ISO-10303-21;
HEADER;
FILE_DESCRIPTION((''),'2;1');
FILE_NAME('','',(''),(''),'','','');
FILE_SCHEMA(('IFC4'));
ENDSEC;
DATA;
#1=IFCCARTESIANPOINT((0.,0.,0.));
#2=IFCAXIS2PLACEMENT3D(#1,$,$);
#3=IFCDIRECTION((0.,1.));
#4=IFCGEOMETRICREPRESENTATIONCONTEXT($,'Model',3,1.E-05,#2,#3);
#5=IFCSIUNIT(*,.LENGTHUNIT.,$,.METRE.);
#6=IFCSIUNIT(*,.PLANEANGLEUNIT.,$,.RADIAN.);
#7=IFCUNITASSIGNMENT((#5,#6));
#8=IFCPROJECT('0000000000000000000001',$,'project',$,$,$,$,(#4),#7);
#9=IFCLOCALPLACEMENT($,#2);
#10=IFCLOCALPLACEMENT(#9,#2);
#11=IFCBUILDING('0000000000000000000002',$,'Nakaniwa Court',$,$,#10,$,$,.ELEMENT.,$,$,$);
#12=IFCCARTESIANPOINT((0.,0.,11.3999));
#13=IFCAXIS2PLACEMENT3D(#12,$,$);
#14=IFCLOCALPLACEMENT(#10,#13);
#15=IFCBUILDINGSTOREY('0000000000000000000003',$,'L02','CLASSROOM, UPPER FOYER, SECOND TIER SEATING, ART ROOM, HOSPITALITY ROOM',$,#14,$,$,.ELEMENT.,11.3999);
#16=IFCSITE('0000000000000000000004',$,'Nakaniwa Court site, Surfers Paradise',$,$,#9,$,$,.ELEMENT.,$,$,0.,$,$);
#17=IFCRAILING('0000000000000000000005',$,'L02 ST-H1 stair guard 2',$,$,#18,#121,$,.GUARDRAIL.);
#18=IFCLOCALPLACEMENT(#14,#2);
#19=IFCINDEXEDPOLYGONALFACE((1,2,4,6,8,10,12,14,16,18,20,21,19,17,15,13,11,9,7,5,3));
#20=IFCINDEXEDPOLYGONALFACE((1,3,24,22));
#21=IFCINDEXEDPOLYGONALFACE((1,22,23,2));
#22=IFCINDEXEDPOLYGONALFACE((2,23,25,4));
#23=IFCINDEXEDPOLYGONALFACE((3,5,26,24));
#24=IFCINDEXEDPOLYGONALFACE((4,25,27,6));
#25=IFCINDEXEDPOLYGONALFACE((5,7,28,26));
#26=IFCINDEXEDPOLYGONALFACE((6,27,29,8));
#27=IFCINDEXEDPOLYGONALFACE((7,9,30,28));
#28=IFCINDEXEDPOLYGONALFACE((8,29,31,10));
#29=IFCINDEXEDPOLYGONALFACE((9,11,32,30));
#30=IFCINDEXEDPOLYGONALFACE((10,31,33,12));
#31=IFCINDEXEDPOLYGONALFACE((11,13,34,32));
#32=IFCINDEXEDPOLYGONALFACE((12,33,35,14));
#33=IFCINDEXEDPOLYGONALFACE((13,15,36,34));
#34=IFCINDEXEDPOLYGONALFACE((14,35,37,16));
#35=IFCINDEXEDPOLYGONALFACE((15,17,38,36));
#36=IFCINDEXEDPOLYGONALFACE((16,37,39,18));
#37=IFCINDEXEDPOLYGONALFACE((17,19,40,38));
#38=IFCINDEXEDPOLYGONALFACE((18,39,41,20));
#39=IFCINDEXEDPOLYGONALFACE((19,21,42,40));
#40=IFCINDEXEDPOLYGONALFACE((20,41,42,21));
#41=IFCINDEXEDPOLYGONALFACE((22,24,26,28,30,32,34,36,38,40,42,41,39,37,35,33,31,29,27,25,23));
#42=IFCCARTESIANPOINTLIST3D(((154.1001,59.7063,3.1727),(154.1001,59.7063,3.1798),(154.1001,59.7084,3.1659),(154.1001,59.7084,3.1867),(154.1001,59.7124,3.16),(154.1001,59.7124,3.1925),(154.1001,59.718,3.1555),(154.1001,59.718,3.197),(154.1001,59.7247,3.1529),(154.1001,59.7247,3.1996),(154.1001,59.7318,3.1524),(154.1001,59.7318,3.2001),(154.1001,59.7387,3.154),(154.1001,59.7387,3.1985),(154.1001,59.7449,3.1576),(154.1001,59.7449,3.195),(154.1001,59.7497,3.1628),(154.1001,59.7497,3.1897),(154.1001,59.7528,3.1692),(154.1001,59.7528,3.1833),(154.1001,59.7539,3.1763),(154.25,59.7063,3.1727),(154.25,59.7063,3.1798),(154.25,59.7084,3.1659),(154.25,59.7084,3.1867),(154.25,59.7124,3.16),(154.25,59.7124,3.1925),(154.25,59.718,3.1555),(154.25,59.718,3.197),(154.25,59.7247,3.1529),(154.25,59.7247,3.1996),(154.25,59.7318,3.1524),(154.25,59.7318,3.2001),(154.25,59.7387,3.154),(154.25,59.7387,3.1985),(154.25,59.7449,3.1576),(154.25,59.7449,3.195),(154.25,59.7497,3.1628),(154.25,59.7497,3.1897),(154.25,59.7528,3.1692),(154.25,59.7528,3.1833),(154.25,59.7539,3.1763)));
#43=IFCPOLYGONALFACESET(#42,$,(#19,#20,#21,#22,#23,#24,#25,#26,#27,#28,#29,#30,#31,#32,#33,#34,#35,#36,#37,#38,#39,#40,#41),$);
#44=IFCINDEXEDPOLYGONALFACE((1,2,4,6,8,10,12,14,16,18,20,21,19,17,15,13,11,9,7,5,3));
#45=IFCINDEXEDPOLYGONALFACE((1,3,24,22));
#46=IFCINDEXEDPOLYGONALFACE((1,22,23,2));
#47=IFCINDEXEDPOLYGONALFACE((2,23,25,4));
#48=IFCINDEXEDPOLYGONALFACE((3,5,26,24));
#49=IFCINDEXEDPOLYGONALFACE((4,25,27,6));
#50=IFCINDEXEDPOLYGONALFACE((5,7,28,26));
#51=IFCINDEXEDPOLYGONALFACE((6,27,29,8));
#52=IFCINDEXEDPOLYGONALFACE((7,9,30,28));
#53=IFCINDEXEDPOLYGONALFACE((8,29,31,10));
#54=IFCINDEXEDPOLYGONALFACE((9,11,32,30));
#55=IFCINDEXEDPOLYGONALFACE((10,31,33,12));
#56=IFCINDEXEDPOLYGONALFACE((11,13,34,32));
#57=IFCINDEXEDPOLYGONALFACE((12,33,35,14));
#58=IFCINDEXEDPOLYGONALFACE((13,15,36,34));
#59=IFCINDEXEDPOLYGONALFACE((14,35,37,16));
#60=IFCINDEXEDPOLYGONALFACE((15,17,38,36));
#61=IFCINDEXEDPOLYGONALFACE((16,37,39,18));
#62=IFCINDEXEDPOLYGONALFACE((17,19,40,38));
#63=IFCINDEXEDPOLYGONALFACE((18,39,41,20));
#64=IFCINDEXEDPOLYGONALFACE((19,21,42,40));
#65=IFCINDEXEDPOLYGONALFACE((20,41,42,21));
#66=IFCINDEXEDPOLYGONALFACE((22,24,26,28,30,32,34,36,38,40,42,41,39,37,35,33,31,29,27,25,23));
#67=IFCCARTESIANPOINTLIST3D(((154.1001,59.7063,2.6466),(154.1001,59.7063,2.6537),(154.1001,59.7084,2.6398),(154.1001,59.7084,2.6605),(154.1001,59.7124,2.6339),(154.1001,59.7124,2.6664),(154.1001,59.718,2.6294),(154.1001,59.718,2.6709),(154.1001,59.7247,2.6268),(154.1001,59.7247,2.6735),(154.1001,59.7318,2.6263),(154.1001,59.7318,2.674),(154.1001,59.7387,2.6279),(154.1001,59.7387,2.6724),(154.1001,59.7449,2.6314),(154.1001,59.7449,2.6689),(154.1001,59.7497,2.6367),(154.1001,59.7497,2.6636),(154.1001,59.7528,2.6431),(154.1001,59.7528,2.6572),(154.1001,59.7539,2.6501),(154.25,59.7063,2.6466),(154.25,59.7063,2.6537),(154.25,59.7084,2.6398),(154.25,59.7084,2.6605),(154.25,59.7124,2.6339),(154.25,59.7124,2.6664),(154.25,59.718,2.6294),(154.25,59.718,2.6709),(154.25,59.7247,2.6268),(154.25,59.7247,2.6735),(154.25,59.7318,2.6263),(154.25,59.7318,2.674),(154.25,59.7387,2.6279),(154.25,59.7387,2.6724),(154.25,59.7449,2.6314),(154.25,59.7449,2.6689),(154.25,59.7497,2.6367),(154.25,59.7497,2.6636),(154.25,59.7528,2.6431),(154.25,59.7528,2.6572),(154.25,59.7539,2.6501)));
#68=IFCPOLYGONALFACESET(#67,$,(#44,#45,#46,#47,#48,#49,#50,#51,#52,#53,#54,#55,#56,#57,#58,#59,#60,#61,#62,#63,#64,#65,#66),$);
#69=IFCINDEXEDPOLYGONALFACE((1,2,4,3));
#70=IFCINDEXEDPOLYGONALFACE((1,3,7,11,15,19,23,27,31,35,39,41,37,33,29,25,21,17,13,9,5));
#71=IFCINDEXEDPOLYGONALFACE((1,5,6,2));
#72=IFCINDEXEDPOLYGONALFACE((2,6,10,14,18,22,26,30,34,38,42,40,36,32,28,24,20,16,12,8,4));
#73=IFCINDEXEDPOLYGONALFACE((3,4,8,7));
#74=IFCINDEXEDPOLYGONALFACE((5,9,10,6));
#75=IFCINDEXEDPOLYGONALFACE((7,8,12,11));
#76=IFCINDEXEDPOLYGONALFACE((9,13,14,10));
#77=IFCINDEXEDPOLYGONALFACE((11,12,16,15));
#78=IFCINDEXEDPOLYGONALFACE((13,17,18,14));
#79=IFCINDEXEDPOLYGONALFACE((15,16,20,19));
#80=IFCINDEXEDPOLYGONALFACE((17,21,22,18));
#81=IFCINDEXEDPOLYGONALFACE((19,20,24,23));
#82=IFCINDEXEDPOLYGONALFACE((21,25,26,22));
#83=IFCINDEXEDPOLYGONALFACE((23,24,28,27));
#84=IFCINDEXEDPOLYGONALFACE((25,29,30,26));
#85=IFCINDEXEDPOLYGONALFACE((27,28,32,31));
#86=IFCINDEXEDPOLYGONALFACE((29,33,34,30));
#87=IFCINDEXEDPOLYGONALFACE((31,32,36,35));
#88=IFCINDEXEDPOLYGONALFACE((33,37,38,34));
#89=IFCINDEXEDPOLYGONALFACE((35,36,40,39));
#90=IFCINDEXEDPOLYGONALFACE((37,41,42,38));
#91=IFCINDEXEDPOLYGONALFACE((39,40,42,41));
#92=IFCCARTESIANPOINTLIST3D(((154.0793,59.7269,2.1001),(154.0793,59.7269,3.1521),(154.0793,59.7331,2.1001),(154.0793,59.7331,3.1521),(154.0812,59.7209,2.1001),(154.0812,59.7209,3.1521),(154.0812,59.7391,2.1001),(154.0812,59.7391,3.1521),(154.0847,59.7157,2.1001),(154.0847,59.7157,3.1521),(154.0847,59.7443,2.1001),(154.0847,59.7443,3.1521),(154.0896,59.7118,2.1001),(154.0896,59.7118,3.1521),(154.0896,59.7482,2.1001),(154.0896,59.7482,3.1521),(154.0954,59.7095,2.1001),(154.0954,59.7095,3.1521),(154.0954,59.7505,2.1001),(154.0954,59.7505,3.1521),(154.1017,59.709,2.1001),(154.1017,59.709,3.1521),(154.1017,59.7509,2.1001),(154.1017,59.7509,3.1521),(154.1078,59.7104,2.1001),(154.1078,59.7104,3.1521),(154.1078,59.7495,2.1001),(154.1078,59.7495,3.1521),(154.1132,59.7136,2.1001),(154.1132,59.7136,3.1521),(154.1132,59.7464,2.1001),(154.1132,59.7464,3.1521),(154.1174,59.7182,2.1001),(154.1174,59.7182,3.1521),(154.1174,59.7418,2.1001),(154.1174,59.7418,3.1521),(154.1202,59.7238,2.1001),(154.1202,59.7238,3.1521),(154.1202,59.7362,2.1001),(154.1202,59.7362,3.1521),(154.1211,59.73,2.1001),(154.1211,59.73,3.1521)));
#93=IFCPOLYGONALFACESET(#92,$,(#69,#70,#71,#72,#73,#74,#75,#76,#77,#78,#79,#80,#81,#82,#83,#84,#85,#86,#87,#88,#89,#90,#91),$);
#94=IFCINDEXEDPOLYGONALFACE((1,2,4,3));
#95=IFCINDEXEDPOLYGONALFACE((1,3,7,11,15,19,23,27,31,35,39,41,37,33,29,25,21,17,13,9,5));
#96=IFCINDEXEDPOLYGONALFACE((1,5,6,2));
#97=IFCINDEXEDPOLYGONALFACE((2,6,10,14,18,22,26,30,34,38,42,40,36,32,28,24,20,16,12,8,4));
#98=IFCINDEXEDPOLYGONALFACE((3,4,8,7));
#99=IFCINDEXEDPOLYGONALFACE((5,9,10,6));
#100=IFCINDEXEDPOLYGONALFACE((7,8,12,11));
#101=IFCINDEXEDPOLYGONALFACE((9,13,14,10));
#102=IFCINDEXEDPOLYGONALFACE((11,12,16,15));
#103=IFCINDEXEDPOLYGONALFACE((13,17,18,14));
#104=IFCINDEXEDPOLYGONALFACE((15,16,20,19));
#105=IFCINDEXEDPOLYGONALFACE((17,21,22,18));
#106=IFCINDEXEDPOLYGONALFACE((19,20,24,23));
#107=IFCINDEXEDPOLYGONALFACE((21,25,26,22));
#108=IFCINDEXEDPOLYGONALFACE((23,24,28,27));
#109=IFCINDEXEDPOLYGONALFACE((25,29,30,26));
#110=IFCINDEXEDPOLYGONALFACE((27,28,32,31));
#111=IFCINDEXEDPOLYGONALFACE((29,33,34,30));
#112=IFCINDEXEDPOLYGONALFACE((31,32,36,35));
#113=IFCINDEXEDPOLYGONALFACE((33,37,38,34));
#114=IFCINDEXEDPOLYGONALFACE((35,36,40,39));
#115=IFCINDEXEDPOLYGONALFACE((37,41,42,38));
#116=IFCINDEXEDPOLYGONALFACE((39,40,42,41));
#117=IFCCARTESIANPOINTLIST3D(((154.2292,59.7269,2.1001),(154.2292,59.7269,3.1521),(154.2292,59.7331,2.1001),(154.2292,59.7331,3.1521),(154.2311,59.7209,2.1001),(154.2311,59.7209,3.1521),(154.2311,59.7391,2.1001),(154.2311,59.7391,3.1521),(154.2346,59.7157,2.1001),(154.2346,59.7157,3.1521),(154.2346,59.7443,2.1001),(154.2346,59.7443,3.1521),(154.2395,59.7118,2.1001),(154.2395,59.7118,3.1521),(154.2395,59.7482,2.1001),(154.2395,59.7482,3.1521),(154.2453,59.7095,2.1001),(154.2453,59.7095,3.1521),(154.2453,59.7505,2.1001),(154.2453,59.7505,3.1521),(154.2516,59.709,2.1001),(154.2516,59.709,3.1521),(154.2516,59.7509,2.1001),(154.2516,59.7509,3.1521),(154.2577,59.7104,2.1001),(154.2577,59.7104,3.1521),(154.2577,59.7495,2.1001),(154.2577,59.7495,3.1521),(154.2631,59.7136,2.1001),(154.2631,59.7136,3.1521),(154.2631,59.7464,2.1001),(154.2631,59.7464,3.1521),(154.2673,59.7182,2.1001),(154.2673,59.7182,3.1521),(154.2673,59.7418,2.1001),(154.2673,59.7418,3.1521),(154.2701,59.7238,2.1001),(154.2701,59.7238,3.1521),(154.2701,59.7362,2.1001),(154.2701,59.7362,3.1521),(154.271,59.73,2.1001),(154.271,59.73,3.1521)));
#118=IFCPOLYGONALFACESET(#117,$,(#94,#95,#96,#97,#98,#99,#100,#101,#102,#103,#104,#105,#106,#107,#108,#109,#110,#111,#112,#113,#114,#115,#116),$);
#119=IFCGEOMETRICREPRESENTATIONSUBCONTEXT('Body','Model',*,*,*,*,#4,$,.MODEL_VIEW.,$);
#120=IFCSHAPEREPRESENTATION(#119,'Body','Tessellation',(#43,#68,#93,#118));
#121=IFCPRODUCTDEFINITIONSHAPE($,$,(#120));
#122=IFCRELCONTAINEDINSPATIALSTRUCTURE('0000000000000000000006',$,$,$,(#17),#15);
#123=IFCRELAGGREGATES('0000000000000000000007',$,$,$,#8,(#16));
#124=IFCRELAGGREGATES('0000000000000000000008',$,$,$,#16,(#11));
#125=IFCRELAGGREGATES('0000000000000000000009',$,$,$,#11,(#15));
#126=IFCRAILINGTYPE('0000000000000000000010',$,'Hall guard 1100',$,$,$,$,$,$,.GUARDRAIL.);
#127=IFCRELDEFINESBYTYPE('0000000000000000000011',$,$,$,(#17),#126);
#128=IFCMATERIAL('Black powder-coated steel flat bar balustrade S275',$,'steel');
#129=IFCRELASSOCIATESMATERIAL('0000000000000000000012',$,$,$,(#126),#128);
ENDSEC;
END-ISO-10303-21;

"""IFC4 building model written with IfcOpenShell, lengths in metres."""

from ifc_helpers import new_model, si_unit, direction, frame, origin, origin_2d, place, context, subcontext, project, spatial, circle, extrude, material, type_object, element, save


model = new_model("IFC4")

# Units and contexts
model_context = context("Model", 3, precision=1e-05, world=origin(), true_north=direction((0.0, 1.0)))
body_context = subcontext(model_context, "Body", "Model", "MODEL_VIEW")
ifc_project = project(units=[si_unit("LENGTHUNIT", "METRE"), si_unit("PLANEANGLEUNIT", "RADIAN")], contexts=[model_context])

# Site, building, storey
site_placement = place(None, origin())
site = spatial("IfcSite", under=ifc_project, at=site_placement, Name="Nakaniwa Court site, Surfers Paradise", CompositionType="ELEMENT", RefElevation=0.0)
building_placement = place(site_placement, origin())
building = spatial("IfcBuilding", under=site, at=building_placement, Name="Nakaniwa Court", CompositionType="ELEMENT")
storey_placement = place(building_placement, frame((0.0, 0.0, 11.3999)))
storey = spatial("IfcBuildingStorey", under=building, at=storey_placement, Name="L02", Description="CLASSROOM, UPPER FOYER, SECOND TIER SEATING, ART ROOM, HOSPITALITY ROOM", CompositionType="ELEMENT", Elevation=11.3999)

# Railing
ifc_material_1 = material(Name="Black powder-coated steel flat bar balustrade S275", Category="steel")
railing_type_1 = type_object("IfcRailingType", Name="Hall guard 1100", PredefinedType="GUARDRAIL", material=ifc_material_1)
railing_1_placement = place(storey_placement, frame((154.1001, 59.73, 2.1001)))
element("IfcRailing", 1, at=railing_1_placement, inside=storey, type_object=railing_type_1, Name="L02 ST-H1 stair guard 2", PredefinedType="GUARDRAIL", context=body_context, shape_type="SweptSolid", body=[
    extrude(circle(Radius=0.0239, at=origin_2d()), frame((0.0, 0.0, 1.0762), z_axis=(1.0, 0.0, 0.0), x_axis=(0.0, 1.0, 0.0)), (0.0, 0.0, 1.0), 0.1499),
    extrude(circle(Radius=0.0239, at=origin_2d()), frame((0.0, 0.0, 0.55), z_axis=(1.0, 0.0, 0.0), x_axis=(0.0, 1.0, 0.0)), (0.0, 0.0, 1.0), 0.1499),
    extrude(circle(Radius=0.021, at=origin_2d()), origin(), (0.0, 0.0, 1.0), 1.052),
    extrude(circle(Radius=0.021, at=origin_2d()), frame((0.1499, 0.0, 0.0)), (0.0, 0.0, 1.0), 1.052),
])

save(model, "model.ifc")
